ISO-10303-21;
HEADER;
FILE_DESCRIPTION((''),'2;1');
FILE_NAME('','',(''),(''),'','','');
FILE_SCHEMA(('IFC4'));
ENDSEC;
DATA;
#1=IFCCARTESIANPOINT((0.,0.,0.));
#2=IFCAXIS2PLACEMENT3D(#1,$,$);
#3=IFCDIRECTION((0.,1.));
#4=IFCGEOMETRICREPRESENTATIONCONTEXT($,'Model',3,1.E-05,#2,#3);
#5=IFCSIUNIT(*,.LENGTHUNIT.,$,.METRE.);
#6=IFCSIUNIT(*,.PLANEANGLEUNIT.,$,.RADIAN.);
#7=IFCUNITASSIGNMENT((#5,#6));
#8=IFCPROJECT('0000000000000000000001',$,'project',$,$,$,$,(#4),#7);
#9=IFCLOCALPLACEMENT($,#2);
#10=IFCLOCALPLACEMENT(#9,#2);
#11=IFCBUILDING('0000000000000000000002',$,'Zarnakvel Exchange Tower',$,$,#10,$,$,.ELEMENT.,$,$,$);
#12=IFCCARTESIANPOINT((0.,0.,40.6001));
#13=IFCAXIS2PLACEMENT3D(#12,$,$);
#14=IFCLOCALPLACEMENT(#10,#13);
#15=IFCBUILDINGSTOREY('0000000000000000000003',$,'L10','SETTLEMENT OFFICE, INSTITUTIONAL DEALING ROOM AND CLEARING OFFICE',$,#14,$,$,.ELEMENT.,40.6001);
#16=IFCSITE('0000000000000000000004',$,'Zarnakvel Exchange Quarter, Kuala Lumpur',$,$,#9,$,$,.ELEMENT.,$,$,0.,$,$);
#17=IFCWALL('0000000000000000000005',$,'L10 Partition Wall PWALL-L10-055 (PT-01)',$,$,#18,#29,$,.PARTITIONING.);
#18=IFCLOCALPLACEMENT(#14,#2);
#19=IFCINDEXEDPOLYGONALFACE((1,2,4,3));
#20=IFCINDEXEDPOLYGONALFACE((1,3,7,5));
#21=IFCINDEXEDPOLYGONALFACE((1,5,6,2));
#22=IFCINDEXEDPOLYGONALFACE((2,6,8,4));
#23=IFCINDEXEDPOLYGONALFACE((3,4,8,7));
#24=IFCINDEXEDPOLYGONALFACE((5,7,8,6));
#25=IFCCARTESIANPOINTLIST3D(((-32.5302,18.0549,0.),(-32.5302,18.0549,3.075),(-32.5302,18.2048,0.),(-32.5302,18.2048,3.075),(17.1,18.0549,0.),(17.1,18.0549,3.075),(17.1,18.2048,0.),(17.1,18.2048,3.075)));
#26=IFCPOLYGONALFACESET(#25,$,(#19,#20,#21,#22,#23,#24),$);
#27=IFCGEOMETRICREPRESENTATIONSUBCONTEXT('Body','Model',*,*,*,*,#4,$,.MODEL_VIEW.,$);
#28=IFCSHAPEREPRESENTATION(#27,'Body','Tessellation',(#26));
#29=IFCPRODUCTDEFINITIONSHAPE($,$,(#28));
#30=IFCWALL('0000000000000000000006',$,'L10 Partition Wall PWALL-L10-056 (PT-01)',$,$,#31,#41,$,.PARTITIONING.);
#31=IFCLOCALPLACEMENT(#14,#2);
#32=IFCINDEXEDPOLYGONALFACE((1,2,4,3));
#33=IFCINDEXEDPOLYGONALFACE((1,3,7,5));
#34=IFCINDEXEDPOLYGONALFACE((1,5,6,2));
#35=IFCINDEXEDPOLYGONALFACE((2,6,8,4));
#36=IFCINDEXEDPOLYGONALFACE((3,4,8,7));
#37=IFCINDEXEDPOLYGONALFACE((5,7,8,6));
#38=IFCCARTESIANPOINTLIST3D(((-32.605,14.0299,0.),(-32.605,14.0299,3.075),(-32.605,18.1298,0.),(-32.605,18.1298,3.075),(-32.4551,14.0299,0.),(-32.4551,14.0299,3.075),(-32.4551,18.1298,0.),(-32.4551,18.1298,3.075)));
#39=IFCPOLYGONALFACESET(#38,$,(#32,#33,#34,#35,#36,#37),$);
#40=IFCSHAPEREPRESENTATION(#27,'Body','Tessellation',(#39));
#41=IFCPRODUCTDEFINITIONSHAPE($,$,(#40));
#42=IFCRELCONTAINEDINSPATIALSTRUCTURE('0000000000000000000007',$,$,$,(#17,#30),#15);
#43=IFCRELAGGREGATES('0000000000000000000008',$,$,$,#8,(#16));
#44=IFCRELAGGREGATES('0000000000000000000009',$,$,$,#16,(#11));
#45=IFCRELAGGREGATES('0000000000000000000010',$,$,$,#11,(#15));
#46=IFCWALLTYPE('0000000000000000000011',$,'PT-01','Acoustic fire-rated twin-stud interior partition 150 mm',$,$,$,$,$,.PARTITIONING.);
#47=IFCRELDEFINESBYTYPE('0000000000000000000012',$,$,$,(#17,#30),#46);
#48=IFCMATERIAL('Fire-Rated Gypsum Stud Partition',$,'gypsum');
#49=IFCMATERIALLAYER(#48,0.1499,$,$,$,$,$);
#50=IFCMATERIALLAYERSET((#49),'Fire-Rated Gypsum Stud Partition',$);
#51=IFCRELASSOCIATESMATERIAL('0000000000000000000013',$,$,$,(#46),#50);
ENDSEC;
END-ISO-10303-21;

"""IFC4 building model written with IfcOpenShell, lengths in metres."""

from ifc_helpers import new_model, si_unit, direction, frame, frame_2d, origin, place, context, subcontext, project, spatial, rectangle, extrude, material, layer, layer_set, type_object, element, save


model = new_model("IFC4")

# Units and contexts
model_context = context("Model", 3, precision=1e-05, world=origin(), true_north=direction((0.0, 1.0)))
body_context = subcontext(model_context, "Body", "Model", "MODEL_VIEW")
ifc_project = project(units=[si_unit("LENGTHUNIT", "METRE"), si_unit("PLANEANGLEUNIT", "RADIAN")], contexts=[model_context])

# Site, building, storey
site_placement = place(None, origin())
site = spatial("IfcSite", under=ifc_project, at=site_placement, Name="Zarnakvel Exchange Quarter, Kuala Lumpur", CompositionType="ELEMENT", RefElevation=0.0)
building_placement = place(site_placement, origin())
building = spatial("IfcBuilding", under=site, at=building_placement, Name="Zarnakvel Exchange Tower", CompositionType="ELEMENT")
storey_placement = place(building_placement, frame((0.0, 0.0, 40.6001)))
storey = spatial("IfcBuildingStorey", under=building, at=storey_placement, Name="L10", Description="SETTLEMENT OFFICE, INSTITUTIONAL DEALING ROOM AND CLEARING OFFICE", CompositionType="ELEMENT", Elevation=40.6001)

# Shared definitions
ifc_material_1 = material(Name="Fire-Rated Gypsum Stud Partition", Category="gypsum")
ifc_layer_1 = layer(ifc_material_1, 0.1499)
ifc_layer_set_1 = layer_set([ifc_layer_1], Name="Fire-Rated Gypsum Stud Partition")
wall_type_1 = type_object("IfcWallType", Name="PT-01", Description="Acoustic fire-rated twin-stud interior partition 150 mm", PredefinedType="PARTITIONING", material=ifc_layer_set_1)

# Walls
wall_1_placement = place(storey_placement, frame((-32.53, 18.1299, 0.0), z_axis=(0.0, 0.0, 1.0), x_axis=(1.0, 0.0, 0.0)))
element("IfcWall", 1, at=wall_1_placement, inside=storey, type_object=wall_type_1, Name="L10 Partition Wall PWALL-L10-055 (PT-01)", PredefinedType="PARTITIONING", context=body_context, shape_type="SweptSolid", body=[
    extrude(rectangle(XDim=49.6301, YDim=0.1499, at=frame_2d((24.8149, 0.0))), origin(), (0.0, 0.0, 1.0), 3.075),
])
wall_2_placement = place(storey_placement, frame((-32.53, 14.03, 0.0), z_axis=(0.0, 0.0, 1.0), x_axis=(0.0, 1.0, 0.0)))
element("IfcWall", 2, at=wall_2_placement, inside=storey, type_object=wall_type_1, Name="L10 Partition Wall PWALL-L10-056 (PT-01)", PredefinedType="PARTITIONING", context=body_context, shape_type="SweptSolid", body=[
    extrude(rectangle(XDim=4.0999, YDim=0.1499, at=frame_2d((2.0498, 0.0))), origin(), (0.0, 0.0, 1.0), 3.075),
])

save(model, "model.ifc")
